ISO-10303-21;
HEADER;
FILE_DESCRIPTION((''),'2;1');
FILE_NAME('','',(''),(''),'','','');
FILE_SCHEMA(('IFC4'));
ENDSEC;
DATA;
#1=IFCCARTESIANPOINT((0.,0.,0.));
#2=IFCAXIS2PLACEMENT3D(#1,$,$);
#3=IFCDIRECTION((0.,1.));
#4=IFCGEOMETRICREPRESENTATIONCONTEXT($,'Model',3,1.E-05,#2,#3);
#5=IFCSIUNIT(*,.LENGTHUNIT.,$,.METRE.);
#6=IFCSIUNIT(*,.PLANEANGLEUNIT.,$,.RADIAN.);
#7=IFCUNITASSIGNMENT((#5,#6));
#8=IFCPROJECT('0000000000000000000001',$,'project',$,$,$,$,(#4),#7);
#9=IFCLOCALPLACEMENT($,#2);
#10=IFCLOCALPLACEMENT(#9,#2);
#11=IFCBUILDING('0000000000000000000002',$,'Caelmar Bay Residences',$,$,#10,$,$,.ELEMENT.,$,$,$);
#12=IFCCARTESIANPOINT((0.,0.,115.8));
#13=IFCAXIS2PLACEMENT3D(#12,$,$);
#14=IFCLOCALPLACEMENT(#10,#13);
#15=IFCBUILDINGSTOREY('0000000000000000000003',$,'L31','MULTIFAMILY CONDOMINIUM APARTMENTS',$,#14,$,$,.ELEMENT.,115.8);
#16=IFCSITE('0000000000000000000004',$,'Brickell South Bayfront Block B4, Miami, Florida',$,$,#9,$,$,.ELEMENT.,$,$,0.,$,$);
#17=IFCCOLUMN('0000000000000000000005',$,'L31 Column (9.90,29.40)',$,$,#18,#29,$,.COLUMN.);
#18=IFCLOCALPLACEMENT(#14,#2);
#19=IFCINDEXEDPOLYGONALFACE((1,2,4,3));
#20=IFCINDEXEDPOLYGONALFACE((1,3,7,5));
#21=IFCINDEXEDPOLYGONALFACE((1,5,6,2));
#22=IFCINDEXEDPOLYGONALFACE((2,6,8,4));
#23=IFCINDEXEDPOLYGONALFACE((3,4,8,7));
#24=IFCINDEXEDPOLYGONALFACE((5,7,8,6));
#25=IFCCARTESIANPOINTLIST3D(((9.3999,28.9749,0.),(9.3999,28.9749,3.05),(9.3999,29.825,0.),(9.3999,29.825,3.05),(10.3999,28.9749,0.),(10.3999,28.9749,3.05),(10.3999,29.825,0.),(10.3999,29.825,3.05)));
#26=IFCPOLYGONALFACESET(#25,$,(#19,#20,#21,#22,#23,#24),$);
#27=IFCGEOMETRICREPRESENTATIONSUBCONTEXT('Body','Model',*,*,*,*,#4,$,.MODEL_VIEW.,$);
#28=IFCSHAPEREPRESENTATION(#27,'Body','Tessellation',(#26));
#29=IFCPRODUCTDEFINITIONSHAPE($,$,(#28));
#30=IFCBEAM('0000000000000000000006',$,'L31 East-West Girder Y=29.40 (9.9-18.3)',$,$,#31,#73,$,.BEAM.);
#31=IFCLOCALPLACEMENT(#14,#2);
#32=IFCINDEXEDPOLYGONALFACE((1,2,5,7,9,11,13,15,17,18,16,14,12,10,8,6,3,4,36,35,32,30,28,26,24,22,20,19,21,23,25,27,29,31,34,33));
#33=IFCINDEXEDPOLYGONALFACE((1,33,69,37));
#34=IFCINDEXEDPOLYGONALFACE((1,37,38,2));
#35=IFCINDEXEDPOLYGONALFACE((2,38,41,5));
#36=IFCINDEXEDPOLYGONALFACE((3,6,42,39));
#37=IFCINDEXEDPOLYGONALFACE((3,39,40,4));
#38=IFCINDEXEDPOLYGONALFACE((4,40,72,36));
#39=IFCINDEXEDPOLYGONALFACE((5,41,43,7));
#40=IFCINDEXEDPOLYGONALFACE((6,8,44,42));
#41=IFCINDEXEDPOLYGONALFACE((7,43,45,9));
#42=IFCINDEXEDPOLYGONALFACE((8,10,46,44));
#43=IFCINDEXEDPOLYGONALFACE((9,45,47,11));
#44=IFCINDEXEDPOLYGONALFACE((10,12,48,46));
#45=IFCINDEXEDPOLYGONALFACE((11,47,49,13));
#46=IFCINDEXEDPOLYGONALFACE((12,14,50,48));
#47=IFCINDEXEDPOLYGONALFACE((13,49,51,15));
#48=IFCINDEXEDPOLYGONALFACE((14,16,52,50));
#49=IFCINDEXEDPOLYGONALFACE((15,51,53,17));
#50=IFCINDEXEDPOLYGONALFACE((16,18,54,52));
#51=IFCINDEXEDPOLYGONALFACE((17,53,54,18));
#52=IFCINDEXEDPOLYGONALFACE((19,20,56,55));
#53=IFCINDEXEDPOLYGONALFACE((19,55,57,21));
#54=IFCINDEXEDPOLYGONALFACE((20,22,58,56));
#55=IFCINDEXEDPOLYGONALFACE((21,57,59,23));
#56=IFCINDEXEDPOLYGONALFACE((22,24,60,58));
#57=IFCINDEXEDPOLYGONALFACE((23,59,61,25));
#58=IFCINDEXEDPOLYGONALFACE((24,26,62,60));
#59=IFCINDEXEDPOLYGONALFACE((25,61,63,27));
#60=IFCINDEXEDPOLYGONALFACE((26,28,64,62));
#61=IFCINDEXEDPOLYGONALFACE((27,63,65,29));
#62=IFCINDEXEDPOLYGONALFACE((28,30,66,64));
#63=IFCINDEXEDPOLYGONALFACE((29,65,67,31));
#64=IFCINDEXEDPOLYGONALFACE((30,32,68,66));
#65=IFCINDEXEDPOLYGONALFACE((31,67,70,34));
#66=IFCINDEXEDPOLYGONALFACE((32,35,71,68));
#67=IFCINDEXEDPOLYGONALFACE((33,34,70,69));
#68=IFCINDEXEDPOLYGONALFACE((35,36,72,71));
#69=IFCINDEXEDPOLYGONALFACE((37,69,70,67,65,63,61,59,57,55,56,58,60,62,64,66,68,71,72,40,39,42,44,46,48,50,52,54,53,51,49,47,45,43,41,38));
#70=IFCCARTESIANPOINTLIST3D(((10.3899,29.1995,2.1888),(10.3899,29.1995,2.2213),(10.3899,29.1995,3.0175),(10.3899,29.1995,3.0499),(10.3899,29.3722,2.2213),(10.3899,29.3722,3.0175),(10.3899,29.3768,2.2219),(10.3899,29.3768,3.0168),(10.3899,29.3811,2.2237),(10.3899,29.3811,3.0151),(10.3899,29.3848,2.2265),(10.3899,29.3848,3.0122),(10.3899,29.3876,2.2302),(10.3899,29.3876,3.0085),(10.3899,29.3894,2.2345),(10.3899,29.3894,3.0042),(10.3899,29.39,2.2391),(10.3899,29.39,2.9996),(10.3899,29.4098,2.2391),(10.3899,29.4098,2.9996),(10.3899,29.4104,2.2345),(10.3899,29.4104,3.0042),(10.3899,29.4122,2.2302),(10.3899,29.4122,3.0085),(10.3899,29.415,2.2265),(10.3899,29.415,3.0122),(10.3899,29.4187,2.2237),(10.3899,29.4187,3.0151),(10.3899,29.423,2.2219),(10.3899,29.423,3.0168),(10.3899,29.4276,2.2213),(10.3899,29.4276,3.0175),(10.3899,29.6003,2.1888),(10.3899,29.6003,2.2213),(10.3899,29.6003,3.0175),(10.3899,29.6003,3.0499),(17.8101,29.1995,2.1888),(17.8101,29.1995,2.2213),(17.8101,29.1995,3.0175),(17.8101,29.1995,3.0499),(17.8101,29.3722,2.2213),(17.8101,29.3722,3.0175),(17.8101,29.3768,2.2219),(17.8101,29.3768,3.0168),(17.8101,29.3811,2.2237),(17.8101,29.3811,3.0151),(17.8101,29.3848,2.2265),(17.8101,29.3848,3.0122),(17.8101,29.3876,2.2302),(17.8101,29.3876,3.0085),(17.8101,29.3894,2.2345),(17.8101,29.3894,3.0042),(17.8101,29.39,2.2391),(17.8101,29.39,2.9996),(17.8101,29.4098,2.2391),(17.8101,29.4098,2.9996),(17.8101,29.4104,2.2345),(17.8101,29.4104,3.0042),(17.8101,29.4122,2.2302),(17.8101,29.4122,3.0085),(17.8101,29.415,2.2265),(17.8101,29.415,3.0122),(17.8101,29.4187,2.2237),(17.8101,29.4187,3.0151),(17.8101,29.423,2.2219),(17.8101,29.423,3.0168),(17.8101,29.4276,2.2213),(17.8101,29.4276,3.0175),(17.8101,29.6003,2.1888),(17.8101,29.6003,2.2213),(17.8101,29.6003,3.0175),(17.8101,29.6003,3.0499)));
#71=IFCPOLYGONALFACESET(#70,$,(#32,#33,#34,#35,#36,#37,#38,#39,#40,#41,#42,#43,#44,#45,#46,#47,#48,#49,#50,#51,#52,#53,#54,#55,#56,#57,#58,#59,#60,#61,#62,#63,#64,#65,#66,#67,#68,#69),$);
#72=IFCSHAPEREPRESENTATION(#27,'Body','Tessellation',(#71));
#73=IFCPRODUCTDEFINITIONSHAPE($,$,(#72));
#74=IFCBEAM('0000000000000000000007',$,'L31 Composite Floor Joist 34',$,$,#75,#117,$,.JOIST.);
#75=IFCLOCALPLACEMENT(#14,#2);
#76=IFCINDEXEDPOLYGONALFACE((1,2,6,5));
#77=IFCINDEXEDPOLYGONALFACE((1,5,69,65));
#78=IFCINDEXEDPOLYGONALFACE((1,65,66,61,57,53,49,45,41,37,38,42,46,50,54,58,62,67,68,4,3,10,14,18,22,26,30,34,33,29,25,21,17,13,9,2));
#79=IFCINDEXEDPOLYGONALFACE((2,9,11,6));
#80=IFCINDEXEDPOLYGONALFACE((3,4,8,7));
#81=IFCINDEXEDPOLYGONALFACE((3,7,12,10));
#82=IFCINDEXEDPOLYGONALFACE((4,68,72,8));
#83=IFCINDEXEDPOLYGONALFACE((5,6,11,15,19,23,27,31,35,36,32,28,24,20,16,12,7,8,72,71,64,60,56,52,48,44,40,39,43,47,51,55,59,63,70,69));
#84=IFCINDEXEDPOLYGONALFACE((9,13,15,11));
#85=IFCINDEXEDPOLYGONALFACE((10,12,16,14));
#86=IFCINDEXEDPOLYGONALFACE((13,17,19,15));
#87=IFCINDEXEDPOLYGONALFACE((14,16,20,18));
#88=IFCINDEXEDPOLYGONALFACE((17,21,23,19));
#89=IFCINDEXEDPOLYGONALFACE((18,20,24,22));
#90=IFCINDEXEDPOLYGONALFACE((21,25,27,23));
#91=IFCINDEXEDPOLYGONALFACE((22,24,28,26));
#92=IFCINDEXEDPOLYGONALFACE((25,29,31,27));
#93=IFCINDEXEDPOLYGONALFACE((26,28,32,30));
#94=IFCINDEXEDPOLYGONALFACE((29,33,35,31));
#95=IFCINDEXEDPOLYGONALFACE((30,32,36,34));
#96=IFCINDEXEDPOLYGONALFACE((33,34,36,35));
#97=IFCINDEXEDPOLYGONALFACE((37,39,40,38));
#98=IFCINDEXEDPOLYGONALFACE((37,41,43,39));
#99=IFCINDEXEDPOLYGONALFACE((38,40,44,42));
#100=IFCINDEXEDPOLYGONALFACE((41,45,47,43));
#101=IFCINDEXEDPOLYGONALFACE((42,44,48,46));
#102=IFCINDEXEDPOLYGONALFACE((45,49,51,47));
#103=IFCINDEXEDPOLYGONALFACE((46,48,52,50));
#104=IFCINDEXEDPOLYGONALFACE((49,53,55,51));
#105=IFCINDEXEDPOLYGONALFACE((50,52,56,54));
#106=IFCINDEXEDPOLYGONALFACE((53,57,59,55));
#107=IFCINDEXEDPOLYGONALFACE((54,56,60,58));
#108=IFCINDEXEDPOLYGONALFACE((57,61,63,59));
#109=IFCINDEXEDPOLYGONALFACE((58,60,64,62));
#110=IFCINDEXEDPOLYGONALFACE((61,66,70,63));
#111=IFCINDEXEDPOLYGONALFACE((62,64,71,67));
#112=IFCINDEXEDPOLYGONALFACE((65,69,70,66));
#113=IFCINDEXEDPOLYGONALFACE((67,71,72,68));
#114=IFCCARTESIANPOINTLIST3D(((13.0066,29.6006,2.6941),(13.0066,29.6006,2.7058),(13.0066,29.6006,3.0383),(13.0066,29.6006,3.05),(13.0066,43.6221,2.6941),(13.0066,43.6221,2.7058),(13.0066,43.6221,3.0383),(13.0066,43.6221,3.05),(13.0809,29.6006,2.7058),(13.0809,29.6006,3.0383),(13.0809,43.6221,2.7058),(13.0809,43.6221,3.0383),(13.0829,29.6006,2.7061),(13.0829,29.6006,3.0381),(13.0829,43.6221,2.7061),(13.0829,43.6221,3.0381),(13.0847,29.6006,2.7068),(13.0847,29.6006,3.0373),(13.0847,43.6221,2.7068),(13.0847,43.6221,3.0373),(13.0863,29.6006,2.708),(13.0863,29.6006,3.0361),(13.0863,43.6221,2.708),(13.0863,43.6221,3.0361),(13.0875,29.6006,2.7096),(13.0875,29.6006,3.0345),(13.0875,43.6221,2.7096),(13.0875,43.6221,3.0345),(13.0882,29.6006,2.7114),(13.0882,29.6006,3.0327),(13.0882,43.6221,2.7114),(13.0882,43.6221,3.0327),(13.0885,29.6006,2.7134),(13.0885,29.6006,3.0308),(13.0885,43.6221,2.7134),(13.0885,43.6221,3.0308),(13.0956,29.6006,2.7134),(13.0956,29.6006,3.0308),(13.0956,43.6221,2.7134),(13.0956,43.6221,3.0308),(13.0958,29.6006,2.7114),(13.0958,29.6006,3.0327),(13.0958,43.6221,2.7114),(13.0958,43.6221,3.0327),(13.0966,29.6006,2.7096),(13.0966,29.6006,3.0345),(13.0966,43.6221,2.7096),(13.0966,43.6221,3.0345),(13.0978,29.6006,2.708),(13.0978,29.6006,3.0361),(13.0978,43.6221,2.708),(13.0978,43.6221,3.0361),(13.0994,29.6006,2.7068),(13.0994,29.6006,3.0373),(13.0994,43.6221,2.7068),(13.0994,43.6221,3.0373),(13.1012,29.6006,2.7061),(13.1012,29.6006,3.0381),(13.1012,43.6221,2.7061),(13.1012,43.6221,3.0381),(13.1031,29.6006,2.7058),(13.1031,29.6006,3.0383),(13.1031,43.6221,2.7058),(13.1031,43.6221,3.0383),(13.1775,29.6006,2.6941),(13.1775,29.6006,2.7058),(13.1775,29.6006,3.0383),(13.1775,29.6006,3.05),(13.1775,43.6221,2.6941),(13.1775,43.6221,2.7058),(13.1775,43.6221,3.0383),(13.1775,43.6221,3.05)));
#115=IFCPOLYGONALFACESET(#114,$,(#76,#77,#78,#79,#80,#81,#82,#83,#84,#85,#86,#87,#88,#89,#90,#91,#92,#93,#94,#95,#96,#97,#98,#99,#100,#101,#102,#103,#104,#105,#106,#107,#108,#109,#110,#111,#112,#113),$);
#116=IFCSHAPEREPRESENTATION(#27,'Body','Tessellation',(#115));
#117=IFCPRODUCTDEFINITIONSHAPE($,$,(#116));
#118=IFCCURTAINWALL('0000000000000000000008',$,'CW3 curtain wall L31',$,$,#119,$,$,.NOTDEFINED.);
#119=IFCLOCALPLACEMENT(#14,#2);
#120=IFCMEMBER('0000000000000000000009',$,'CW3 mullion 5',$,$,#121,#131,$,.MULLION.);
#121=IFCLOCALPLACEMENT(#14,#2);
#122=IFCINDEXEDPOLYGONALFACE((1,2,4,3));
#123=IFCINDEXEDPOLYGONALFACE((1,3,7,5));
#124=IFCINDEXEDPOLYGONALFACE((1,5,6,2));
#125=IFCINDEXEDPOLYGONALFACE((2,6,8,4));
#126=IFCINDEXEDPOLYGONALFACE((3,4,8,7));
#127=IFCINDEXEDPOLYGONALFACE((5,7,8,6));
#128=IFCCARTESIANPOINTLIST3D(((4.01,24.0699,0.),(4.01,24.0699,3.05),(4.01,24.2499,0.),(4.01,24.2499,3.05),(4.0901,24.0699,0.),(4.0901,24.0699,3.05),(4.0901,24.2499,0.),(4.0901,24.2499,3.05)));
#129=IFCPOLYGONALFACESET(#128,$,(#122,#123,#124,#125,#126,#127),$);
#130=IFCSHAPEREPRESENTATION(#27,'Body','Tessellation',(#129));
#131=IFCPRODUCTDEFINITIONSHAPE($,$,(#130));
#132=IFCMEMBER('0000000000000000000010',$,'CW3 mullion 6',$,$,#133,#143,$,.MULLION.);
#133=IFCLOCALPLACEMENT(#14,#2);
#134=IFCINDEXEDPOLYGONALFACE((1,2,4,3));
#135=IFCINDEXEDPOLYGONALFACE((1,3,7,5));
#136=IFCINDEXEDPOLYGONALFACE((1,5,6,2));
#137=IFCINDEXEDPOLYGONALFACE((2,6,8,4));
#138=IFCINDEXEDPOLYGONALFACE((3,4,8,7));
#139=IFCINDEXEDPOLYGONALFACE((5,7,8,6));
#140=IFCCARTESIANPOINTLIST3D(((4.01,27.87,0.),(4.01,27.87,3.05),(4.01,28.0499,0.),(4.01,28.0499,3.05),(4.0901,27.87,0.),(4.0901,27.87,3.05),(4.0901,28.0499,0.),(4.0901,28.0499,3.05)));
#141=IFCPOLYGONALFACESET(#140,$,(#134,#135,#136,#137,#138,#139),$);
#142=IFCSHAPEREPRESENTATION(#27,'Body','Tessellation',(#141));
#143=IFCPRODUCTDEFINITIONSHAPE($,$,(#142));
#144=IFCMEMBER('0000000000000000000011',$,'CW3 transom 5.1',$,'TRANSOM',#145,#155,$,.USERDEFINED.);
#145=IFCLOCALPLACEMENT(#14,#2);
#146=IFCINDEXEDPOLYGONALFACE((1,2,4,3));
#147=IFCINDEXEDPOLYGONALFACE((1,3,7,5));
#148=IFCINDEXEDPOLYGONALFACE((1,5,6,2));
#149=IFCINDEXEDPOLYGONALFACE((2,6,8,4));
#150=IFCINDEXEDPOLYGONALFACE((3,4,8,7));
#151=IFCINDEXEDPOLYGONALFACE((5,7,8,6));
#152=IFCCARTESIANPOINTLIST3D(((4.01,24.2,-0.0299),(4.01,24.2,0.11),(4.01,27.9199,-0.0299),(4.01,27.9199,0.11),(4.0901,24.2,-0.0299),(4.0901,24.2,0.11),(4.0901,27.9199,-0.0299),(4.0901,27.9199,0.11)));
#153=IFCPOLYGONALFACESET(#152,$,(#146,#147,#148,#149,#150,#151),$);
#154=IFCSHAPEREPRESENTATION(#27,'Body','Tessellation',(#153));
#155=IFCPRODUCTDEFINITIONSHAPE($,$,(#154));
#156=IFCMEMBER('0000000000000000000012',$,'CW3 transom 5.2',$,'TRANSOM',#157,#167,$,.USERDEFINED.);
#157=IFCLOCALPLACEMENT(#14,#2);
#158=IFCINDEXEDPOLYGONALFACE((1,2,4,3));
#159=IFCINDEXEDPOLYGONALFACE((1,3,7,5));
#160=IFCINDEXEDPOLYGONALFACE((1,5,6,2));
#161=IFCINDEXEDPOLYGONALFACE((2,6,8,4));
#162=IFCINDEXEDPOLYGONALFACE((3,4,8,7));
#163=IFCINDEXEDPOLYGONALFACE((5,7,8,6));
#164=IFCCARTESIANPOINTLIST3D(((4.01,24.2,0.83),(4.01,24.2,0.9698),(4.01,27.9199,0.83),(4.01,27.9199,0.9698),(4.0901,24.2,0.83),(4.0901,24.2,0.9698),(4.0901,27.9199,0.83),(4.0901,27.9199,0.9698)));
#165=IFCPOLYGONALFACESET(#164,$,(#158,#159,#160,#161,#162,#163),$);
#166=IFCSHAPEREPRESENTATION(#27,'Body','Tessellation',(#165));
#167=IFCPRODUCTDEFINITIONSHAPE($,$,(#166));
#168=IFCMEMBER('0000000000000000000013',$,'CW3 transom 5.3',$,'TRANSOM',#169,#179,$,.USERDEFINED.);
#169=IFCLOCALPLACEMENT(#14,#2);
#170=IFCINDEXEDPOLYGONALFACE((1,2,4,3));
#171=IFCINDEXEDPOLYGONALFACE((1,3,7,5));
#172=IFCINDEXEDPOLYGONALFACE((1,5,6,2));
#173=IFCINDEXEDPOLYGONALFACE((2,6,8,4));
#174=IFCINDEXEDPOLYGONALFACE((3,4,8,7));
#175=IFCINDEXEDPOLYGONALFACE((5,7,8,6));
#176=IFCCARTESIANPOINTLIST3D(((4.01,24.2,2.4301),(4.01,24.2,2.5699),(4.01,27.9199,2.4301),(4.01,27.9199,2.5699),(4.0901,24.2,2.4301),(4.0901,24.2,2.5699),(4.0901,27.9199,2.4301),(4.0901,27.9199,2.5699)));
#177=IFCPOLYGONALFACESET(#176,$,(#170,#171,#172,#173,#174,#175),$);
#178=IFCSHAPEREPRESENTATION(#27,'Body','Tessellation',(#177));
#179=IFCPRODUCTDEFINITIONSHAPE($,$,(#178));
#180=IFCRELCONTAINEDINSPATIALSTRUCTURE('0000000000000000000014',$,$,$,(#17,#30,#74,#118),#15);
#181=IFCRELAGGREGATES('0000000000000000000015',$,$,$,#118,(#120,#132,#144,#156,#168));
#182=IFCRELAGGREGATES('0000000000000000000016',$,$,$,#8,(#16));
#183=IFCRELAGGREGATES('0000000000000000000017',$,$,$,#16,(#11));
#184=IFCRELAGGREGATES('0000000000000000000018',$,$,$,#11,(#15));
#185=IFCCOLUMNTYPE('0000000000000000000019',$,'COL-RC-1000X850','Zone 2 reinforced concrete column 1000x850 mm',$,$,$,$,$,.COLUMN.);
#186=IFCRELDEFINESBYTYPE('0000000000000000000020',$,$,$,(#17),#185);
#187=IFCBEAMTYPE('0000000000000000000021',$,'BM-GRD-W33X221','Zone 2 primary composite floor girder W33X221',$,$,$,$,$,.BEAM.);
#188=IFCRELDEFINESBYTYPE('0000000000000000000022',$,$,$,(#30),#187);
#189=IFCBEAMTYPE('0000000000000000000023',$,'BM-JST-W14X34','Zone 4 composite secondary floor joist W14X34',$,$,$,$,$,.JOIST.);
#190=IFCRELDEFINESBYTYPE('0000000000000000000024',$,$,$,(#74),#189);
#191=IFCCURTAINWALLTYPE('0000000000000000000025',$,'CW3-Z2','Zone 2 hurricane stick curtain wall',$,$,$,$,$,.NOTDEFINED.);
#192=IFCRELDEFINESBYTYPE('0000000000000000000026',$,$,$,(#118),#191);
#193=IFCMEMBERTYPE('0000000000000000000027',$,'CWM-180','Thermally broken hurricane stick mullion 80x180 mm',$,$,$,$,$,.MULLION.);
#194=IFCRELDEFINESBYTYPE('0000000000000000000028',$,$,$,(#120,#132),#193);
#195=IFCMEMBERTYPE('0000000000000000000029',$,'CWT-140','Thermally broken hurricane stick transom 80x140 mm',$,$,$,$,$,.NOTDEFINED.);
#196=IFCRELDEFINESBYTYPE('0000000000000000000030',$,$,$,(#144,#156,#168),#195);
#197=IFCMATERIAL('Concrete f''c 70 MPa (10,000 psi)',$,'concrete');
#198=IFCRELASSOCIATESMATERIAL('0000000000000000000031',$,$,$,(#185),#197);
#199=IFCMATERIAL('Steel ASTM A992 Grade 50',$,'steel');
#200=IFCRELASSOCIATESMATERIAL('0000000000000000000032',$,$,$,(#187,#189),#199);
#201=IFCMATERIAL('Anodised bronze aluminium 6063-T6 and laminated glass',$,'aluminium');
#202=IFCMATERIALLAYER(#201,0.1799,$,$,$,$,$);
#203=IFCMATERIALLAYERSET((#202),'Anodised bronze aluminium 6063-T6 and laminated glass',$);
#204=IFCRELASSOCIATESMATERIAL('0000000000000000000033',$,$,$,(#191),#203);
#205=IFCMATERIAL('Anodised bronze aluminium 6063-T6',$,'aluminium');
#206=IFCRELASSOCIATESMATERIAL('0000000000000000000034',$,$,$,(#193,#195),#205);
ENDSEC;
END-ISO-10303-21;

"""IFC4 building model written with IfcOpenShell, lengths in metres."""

from ifc_helpers import new_model, si_unit, direction, frame, origin, origin_2d, place, context, subcontext, project, spatial, rectangle, i_section, extrude, material, layer, layer_set, material_profile, profile_set, type_object, element, aggregate, save


model = new_model("IFC4")

# Units and contexts
model_context = context("Model", 3, precision=1e-05, world=origin(), true_north=direction((0.0, 1.0)))
body_context = subcontext(model_context, "Body", "Model", "MODEL_VIEW")
ifc_project = project(units=[si_unit("LENGTHUNIT", "METRE"), si_unit("PLANEANGLEUNIT", "RADIAN")], contexts=[model_context])

# Site, building, storey
site_placement = place(None, origin())
site = spatial("IfcSite", under=ifc_project, at=site_placement, Name="Brickell South Bayfront Block B4, Miami, Florida", CompositionType="ELEMENT", RefElevation=0.0)
building_placement = place(site_placement, origin())
building = spatial("IfcBuilding", under=site, at=building_placement, Name="Caelmar Bay Residences", CompositionType="ELEMENT")
storey_placement = place(building_placement, frame((0.0, 0.0, 115.8)))
storey = spatial("IfcBuildingStorey", under=building, at=storey_placement, Name="L31", Description="MULTIFAMILY CONDOMINIUM APARTMENTS", CompositionType="ELEMENT", Elevation=115.8)

# Column
ifc_material_1 = material(Name="Concrete f'c 70 MPa (10,000 psi)", Category="concrete")
ifc_material_profile_1 = material_profile(ifc_material_1, rectangle(XDim=1.0, YDim=0.8501, at=origin_2d()), Name="RC-COL-1000X850")
ifc_profile_set_1 = profile_set([ifc_material_profile_1], Name="Concrete f'c 70 MPa (10,000 psi)")
column_type = type_object("IfcColumnType", Name="COL-RC-1000X850", Description="Zone 2 reinforced concrete column 1000x850 mm", PredefinedType="COLUMN", material=ifc_profile_set_1)
column_placement = place(storey_placement, frame((9.8999, 29.3999, 0.0), z_axis=(0.0, 0.0, 1.0), x_axis=(1.0, 0.0, 0.0)))
element("IfcColumn", 1, at=column_placement, inside=storey, type_object=column_type, Name="L31 Column (9.90,29.40)", PredefinedType="COLUMN", context=body_context, shape_type="SweptSolid", body=[
    extrude(rectangle(XDim=1.0, YDim=0.8501, at=origin_2d()), origin(), (0.0, 0.0, 1.0), 3.05),
])

# Beams
ifc_material_2 = material(Name="Steel ASTM A992 Grade 50", Category="steel")
ifc_material_profile_2 = material_profile(ifc_material_2, i_section(OverallWidth=0.4009, OverallDepth=0.8611, WebThickness=0.0198, FlangeThickness=0.0325, FilletRadius=0.0178, at=origin_2d()), Name="W33X221")
ifc_profile_set_2 = profile_set([ifc_material_profile_2], Name="Steel ASTM A992 Grade 50")
beam_type_1 = type_object("IfcBeamType", Name="BM-GRD-W33X221", Description="Zone 2 primary composite floor girder W33X221", PredefinedType="BEAM", material=ifc_profile_set_2)
beam_1_placement = place(storey_placement, frame((10.3899, 29.3999, 2.6194), z_axis=(1.0, 0.0, 0.0), x_axis=(0.0, 1.0, 0.0)))
element("IfcBeam", 2, at=beam_1_placement, inside=storey, type_object=beam_type_1, Name="L31 East-West Girder Y=29.40 (9.9-18.3)", PredefinedType="BEAM", context=body_context, shape_type="SweptSolid", body=[
    extrude(i_section(OverallWidth=0.4009, OverallDepth=0.8611, WebThickness=0.0198, FlangeThickness=0.0325, FilletRadius=0.0178, at=origin_2d()), origin(), (0.0, 0.0, 1.0), 7.4202),
])
ifc_material_profile_3 = material_profile(ifc_material_2, i_section(OverallWidth=0.1709, OverallDepth=0.356, WebThickness=0.0071, FlangeThickness=0.0117, FilletRadius=0.0076, at=origin_2d()), Name="W14X34")
ifc_profile_set_3 = profile_set([ifc_material_profile_3], Name="Steel ASTM A992 Grade 50")
beam_type_2 = type_object("IfcBeamType", Name="BM-JST-W14X34", Description="Zone 4 composite secondary floor joist W14X34", PredefinedType="JOIST", material=ifc_profile_set_3)
beam_2_placement = place(storey_placement, frame((13.092, 29.6006, 2.8721), z_axis=(0.0, 1.0, 0.0), x_axis=(-1.0, 0.0, 0.0)))
element("IfcBeam", 3, at=beam_2_placement, inside=storey, type_object=beam_type_2, Name="L31 Composite Floor Joist 34", PredefinedType="JOIST", context=body_context, shape_type="SweptSolid", body=[
    extrude(i_section(OverallWidth=0.1709, OverallDepth=0.356, WebThickness=0.0071, FlangeThickness=0.0117, FilletRadius=0.0076, at=origin_2d()), origin(), (0.0, 0.0, 1.0), 14.0215),
])

# Curtain wall, members
ifc_material_3 = material(Name="Anodised bronze aluminium 6063-T6 and laminated glass", Category="aluminium")
ifc_layer_1 = layer(ifc_material_3, 0.1799)
ifc_layer_set_1 = layer_set([ifc_layer_1], Name="Anodised bronze aluminium 6063-T6 and laminated glass")
curtain_wall_type = type_object("IfcCurtainWallType", Name="CW3-Z2", Description="Zone 2 hurricane stick curtain wall", PredefinedType="NOTDEFINED", material=ifc_layer_set_1)
curtain_wall_placement = place(storey_placement, origin())
curtain_wall = element("IfcCurtainWall", 4, at=curtain_wall_placement, inside=storey, type_object=curtain_wall_type, Name="CW3 curtain wall L31", PredefinedType="NOTDEFINED")
ifc_material_4 = material(Name="Anodised bronze aluminium 6063-T6", Category="aluminium")
ifc_material_profile_4 = material_profile(ifc_material_4, rectangle(XDim=0.0801, YDim=0.1799, at=origin_2d()), Name="CWM-80X180")
ifc_profile_set_4 = profile_set([ifc_material_profile_4], Name="Anodised bronze aluminium 6063-T6")
member_type_1 = type_object("IfcMemberType", Name="CWM-180", Description="Thermally broken hurricane stick mullion 80x180 mm", PredefinedType="MULLION", material=ifc_profile_set_4)
member_1_placement = place(storey_placement, frame((4.05, 24.1599, 0.0), z_axis=(0.0, 0.0, 1.0), x_axis=(-1.0, 0.0, 0.0)))
member_1 = element("IfcMember", 5, at=member_1_placement, type_object=member_type_1, Name="CW3 mullion 5", PredefinedType="MULLION", context=body_context, shape_type="SweptSolid", body=[
    extrude(rectangle(XDim=0.0801, YDim=0.1799, at=origin_2d()), origin(), (0.0, 0.0, 1.0), 3.05),
])
member_2_placement = place(storey_placement, frame((4.05, 27.96, 0.0), z_axis=(0.0, 0.0, 1.0), x_axis=(-1.0, 0.0, 0.0)))
member_2 = element("IfcMember", 6, at=member_2_placement, type_object=member_type_1, Name="CW3 mullion 6", PredefinedType="MULLION", context=body_context, shape_type="SweptSolid", body=[
    extrude(rectangle(XDim=0.0801, YDim=0.1799, at=origin_2d()), origin(), (0.0, 0.0, 1.0), 3.05),
])
ifc_material_profile_5 = material_profile(ifc_material_4, rectangle(XDim=0.0801, YDim=0.1399, at=origin_2d()), Name="CWT-80X140")
ifc_profile_set_5 = profile_set([ifc_material_profile_5], Name="Anodised bronze aluminium 6063-T6")
member_type_2 = type_object("IfcMemberType", Name="CWT-140", Description="Thermally broken hurricane stick transom 80x140 mm", PredefinedType="NOTDEFINED", material=ifc_profile_set_5)
member_3_placement = place(storey_placement, frame((4.05, 24.2, 0.04), z_axis=(0.0, 1.0, 0.0), x_axis=(-1.0, 0.0, 0.0)))
member_3 = element("IfcMember", 7, at=member_3_placement, type_object=member_type_2, Name="CW3 transom 5.1", ObjectType="TRANSOM", PredefinedType="USERDEFINED", context=body_context, shape_type="SweptSolid", body=[
    extrude(rectangle(XDim=0.0801, YDim=0.1399, at=origin_2d()), origin(), (0.0, 0.0, 1.0), 3.72),
])
member_4_placement = place(storey_placement, frame((4.05, 24.2, 0.8999), z_axis=(0.0, 1.0, 0.0), x_axis=(-1.0, 0.0, 0.0)))
member_4 = element("IfcMember", 8, at=member_4_placement, type_object=member_type_2, Name="CW3 transom 5.2", ObjectType="TRANSOM", PredefinedType="USERDEFINED", context=body_context, shape_type="SweptSolid", body=[
    extrude(rectangle(XDim=0.0801, YDim=0.1399, at=origin_2d()), origin(), (0.0, 0.0, 1.0), 3.72),
])
member_5_placement = place(storey_placement, frame((4.05, 24.2, 2.5), z_axis=(0.0, 1.0, 0.0), x_axis=(-1.0, 0.0, 0.0)))
member_5 = element("IfcMember", 9, at=member_5_placement, type_object=member_type_2, Name="CW3 transom 5.3", ObjectType="TRANSOM", PredefinedType="USERDEFINED", context=body_context, shape_type="SweptSolid", body=[
    extrude(rectangle(XDim=0.0801, YDim=0.1399, at=origin_2d()), origin(), (0.0, 0.0, 1.0), 3.72),
])
aggregate(curtain_wall, [member_1, member_2, member_3, member_4, member_5])

save(model, "model.ifc")
